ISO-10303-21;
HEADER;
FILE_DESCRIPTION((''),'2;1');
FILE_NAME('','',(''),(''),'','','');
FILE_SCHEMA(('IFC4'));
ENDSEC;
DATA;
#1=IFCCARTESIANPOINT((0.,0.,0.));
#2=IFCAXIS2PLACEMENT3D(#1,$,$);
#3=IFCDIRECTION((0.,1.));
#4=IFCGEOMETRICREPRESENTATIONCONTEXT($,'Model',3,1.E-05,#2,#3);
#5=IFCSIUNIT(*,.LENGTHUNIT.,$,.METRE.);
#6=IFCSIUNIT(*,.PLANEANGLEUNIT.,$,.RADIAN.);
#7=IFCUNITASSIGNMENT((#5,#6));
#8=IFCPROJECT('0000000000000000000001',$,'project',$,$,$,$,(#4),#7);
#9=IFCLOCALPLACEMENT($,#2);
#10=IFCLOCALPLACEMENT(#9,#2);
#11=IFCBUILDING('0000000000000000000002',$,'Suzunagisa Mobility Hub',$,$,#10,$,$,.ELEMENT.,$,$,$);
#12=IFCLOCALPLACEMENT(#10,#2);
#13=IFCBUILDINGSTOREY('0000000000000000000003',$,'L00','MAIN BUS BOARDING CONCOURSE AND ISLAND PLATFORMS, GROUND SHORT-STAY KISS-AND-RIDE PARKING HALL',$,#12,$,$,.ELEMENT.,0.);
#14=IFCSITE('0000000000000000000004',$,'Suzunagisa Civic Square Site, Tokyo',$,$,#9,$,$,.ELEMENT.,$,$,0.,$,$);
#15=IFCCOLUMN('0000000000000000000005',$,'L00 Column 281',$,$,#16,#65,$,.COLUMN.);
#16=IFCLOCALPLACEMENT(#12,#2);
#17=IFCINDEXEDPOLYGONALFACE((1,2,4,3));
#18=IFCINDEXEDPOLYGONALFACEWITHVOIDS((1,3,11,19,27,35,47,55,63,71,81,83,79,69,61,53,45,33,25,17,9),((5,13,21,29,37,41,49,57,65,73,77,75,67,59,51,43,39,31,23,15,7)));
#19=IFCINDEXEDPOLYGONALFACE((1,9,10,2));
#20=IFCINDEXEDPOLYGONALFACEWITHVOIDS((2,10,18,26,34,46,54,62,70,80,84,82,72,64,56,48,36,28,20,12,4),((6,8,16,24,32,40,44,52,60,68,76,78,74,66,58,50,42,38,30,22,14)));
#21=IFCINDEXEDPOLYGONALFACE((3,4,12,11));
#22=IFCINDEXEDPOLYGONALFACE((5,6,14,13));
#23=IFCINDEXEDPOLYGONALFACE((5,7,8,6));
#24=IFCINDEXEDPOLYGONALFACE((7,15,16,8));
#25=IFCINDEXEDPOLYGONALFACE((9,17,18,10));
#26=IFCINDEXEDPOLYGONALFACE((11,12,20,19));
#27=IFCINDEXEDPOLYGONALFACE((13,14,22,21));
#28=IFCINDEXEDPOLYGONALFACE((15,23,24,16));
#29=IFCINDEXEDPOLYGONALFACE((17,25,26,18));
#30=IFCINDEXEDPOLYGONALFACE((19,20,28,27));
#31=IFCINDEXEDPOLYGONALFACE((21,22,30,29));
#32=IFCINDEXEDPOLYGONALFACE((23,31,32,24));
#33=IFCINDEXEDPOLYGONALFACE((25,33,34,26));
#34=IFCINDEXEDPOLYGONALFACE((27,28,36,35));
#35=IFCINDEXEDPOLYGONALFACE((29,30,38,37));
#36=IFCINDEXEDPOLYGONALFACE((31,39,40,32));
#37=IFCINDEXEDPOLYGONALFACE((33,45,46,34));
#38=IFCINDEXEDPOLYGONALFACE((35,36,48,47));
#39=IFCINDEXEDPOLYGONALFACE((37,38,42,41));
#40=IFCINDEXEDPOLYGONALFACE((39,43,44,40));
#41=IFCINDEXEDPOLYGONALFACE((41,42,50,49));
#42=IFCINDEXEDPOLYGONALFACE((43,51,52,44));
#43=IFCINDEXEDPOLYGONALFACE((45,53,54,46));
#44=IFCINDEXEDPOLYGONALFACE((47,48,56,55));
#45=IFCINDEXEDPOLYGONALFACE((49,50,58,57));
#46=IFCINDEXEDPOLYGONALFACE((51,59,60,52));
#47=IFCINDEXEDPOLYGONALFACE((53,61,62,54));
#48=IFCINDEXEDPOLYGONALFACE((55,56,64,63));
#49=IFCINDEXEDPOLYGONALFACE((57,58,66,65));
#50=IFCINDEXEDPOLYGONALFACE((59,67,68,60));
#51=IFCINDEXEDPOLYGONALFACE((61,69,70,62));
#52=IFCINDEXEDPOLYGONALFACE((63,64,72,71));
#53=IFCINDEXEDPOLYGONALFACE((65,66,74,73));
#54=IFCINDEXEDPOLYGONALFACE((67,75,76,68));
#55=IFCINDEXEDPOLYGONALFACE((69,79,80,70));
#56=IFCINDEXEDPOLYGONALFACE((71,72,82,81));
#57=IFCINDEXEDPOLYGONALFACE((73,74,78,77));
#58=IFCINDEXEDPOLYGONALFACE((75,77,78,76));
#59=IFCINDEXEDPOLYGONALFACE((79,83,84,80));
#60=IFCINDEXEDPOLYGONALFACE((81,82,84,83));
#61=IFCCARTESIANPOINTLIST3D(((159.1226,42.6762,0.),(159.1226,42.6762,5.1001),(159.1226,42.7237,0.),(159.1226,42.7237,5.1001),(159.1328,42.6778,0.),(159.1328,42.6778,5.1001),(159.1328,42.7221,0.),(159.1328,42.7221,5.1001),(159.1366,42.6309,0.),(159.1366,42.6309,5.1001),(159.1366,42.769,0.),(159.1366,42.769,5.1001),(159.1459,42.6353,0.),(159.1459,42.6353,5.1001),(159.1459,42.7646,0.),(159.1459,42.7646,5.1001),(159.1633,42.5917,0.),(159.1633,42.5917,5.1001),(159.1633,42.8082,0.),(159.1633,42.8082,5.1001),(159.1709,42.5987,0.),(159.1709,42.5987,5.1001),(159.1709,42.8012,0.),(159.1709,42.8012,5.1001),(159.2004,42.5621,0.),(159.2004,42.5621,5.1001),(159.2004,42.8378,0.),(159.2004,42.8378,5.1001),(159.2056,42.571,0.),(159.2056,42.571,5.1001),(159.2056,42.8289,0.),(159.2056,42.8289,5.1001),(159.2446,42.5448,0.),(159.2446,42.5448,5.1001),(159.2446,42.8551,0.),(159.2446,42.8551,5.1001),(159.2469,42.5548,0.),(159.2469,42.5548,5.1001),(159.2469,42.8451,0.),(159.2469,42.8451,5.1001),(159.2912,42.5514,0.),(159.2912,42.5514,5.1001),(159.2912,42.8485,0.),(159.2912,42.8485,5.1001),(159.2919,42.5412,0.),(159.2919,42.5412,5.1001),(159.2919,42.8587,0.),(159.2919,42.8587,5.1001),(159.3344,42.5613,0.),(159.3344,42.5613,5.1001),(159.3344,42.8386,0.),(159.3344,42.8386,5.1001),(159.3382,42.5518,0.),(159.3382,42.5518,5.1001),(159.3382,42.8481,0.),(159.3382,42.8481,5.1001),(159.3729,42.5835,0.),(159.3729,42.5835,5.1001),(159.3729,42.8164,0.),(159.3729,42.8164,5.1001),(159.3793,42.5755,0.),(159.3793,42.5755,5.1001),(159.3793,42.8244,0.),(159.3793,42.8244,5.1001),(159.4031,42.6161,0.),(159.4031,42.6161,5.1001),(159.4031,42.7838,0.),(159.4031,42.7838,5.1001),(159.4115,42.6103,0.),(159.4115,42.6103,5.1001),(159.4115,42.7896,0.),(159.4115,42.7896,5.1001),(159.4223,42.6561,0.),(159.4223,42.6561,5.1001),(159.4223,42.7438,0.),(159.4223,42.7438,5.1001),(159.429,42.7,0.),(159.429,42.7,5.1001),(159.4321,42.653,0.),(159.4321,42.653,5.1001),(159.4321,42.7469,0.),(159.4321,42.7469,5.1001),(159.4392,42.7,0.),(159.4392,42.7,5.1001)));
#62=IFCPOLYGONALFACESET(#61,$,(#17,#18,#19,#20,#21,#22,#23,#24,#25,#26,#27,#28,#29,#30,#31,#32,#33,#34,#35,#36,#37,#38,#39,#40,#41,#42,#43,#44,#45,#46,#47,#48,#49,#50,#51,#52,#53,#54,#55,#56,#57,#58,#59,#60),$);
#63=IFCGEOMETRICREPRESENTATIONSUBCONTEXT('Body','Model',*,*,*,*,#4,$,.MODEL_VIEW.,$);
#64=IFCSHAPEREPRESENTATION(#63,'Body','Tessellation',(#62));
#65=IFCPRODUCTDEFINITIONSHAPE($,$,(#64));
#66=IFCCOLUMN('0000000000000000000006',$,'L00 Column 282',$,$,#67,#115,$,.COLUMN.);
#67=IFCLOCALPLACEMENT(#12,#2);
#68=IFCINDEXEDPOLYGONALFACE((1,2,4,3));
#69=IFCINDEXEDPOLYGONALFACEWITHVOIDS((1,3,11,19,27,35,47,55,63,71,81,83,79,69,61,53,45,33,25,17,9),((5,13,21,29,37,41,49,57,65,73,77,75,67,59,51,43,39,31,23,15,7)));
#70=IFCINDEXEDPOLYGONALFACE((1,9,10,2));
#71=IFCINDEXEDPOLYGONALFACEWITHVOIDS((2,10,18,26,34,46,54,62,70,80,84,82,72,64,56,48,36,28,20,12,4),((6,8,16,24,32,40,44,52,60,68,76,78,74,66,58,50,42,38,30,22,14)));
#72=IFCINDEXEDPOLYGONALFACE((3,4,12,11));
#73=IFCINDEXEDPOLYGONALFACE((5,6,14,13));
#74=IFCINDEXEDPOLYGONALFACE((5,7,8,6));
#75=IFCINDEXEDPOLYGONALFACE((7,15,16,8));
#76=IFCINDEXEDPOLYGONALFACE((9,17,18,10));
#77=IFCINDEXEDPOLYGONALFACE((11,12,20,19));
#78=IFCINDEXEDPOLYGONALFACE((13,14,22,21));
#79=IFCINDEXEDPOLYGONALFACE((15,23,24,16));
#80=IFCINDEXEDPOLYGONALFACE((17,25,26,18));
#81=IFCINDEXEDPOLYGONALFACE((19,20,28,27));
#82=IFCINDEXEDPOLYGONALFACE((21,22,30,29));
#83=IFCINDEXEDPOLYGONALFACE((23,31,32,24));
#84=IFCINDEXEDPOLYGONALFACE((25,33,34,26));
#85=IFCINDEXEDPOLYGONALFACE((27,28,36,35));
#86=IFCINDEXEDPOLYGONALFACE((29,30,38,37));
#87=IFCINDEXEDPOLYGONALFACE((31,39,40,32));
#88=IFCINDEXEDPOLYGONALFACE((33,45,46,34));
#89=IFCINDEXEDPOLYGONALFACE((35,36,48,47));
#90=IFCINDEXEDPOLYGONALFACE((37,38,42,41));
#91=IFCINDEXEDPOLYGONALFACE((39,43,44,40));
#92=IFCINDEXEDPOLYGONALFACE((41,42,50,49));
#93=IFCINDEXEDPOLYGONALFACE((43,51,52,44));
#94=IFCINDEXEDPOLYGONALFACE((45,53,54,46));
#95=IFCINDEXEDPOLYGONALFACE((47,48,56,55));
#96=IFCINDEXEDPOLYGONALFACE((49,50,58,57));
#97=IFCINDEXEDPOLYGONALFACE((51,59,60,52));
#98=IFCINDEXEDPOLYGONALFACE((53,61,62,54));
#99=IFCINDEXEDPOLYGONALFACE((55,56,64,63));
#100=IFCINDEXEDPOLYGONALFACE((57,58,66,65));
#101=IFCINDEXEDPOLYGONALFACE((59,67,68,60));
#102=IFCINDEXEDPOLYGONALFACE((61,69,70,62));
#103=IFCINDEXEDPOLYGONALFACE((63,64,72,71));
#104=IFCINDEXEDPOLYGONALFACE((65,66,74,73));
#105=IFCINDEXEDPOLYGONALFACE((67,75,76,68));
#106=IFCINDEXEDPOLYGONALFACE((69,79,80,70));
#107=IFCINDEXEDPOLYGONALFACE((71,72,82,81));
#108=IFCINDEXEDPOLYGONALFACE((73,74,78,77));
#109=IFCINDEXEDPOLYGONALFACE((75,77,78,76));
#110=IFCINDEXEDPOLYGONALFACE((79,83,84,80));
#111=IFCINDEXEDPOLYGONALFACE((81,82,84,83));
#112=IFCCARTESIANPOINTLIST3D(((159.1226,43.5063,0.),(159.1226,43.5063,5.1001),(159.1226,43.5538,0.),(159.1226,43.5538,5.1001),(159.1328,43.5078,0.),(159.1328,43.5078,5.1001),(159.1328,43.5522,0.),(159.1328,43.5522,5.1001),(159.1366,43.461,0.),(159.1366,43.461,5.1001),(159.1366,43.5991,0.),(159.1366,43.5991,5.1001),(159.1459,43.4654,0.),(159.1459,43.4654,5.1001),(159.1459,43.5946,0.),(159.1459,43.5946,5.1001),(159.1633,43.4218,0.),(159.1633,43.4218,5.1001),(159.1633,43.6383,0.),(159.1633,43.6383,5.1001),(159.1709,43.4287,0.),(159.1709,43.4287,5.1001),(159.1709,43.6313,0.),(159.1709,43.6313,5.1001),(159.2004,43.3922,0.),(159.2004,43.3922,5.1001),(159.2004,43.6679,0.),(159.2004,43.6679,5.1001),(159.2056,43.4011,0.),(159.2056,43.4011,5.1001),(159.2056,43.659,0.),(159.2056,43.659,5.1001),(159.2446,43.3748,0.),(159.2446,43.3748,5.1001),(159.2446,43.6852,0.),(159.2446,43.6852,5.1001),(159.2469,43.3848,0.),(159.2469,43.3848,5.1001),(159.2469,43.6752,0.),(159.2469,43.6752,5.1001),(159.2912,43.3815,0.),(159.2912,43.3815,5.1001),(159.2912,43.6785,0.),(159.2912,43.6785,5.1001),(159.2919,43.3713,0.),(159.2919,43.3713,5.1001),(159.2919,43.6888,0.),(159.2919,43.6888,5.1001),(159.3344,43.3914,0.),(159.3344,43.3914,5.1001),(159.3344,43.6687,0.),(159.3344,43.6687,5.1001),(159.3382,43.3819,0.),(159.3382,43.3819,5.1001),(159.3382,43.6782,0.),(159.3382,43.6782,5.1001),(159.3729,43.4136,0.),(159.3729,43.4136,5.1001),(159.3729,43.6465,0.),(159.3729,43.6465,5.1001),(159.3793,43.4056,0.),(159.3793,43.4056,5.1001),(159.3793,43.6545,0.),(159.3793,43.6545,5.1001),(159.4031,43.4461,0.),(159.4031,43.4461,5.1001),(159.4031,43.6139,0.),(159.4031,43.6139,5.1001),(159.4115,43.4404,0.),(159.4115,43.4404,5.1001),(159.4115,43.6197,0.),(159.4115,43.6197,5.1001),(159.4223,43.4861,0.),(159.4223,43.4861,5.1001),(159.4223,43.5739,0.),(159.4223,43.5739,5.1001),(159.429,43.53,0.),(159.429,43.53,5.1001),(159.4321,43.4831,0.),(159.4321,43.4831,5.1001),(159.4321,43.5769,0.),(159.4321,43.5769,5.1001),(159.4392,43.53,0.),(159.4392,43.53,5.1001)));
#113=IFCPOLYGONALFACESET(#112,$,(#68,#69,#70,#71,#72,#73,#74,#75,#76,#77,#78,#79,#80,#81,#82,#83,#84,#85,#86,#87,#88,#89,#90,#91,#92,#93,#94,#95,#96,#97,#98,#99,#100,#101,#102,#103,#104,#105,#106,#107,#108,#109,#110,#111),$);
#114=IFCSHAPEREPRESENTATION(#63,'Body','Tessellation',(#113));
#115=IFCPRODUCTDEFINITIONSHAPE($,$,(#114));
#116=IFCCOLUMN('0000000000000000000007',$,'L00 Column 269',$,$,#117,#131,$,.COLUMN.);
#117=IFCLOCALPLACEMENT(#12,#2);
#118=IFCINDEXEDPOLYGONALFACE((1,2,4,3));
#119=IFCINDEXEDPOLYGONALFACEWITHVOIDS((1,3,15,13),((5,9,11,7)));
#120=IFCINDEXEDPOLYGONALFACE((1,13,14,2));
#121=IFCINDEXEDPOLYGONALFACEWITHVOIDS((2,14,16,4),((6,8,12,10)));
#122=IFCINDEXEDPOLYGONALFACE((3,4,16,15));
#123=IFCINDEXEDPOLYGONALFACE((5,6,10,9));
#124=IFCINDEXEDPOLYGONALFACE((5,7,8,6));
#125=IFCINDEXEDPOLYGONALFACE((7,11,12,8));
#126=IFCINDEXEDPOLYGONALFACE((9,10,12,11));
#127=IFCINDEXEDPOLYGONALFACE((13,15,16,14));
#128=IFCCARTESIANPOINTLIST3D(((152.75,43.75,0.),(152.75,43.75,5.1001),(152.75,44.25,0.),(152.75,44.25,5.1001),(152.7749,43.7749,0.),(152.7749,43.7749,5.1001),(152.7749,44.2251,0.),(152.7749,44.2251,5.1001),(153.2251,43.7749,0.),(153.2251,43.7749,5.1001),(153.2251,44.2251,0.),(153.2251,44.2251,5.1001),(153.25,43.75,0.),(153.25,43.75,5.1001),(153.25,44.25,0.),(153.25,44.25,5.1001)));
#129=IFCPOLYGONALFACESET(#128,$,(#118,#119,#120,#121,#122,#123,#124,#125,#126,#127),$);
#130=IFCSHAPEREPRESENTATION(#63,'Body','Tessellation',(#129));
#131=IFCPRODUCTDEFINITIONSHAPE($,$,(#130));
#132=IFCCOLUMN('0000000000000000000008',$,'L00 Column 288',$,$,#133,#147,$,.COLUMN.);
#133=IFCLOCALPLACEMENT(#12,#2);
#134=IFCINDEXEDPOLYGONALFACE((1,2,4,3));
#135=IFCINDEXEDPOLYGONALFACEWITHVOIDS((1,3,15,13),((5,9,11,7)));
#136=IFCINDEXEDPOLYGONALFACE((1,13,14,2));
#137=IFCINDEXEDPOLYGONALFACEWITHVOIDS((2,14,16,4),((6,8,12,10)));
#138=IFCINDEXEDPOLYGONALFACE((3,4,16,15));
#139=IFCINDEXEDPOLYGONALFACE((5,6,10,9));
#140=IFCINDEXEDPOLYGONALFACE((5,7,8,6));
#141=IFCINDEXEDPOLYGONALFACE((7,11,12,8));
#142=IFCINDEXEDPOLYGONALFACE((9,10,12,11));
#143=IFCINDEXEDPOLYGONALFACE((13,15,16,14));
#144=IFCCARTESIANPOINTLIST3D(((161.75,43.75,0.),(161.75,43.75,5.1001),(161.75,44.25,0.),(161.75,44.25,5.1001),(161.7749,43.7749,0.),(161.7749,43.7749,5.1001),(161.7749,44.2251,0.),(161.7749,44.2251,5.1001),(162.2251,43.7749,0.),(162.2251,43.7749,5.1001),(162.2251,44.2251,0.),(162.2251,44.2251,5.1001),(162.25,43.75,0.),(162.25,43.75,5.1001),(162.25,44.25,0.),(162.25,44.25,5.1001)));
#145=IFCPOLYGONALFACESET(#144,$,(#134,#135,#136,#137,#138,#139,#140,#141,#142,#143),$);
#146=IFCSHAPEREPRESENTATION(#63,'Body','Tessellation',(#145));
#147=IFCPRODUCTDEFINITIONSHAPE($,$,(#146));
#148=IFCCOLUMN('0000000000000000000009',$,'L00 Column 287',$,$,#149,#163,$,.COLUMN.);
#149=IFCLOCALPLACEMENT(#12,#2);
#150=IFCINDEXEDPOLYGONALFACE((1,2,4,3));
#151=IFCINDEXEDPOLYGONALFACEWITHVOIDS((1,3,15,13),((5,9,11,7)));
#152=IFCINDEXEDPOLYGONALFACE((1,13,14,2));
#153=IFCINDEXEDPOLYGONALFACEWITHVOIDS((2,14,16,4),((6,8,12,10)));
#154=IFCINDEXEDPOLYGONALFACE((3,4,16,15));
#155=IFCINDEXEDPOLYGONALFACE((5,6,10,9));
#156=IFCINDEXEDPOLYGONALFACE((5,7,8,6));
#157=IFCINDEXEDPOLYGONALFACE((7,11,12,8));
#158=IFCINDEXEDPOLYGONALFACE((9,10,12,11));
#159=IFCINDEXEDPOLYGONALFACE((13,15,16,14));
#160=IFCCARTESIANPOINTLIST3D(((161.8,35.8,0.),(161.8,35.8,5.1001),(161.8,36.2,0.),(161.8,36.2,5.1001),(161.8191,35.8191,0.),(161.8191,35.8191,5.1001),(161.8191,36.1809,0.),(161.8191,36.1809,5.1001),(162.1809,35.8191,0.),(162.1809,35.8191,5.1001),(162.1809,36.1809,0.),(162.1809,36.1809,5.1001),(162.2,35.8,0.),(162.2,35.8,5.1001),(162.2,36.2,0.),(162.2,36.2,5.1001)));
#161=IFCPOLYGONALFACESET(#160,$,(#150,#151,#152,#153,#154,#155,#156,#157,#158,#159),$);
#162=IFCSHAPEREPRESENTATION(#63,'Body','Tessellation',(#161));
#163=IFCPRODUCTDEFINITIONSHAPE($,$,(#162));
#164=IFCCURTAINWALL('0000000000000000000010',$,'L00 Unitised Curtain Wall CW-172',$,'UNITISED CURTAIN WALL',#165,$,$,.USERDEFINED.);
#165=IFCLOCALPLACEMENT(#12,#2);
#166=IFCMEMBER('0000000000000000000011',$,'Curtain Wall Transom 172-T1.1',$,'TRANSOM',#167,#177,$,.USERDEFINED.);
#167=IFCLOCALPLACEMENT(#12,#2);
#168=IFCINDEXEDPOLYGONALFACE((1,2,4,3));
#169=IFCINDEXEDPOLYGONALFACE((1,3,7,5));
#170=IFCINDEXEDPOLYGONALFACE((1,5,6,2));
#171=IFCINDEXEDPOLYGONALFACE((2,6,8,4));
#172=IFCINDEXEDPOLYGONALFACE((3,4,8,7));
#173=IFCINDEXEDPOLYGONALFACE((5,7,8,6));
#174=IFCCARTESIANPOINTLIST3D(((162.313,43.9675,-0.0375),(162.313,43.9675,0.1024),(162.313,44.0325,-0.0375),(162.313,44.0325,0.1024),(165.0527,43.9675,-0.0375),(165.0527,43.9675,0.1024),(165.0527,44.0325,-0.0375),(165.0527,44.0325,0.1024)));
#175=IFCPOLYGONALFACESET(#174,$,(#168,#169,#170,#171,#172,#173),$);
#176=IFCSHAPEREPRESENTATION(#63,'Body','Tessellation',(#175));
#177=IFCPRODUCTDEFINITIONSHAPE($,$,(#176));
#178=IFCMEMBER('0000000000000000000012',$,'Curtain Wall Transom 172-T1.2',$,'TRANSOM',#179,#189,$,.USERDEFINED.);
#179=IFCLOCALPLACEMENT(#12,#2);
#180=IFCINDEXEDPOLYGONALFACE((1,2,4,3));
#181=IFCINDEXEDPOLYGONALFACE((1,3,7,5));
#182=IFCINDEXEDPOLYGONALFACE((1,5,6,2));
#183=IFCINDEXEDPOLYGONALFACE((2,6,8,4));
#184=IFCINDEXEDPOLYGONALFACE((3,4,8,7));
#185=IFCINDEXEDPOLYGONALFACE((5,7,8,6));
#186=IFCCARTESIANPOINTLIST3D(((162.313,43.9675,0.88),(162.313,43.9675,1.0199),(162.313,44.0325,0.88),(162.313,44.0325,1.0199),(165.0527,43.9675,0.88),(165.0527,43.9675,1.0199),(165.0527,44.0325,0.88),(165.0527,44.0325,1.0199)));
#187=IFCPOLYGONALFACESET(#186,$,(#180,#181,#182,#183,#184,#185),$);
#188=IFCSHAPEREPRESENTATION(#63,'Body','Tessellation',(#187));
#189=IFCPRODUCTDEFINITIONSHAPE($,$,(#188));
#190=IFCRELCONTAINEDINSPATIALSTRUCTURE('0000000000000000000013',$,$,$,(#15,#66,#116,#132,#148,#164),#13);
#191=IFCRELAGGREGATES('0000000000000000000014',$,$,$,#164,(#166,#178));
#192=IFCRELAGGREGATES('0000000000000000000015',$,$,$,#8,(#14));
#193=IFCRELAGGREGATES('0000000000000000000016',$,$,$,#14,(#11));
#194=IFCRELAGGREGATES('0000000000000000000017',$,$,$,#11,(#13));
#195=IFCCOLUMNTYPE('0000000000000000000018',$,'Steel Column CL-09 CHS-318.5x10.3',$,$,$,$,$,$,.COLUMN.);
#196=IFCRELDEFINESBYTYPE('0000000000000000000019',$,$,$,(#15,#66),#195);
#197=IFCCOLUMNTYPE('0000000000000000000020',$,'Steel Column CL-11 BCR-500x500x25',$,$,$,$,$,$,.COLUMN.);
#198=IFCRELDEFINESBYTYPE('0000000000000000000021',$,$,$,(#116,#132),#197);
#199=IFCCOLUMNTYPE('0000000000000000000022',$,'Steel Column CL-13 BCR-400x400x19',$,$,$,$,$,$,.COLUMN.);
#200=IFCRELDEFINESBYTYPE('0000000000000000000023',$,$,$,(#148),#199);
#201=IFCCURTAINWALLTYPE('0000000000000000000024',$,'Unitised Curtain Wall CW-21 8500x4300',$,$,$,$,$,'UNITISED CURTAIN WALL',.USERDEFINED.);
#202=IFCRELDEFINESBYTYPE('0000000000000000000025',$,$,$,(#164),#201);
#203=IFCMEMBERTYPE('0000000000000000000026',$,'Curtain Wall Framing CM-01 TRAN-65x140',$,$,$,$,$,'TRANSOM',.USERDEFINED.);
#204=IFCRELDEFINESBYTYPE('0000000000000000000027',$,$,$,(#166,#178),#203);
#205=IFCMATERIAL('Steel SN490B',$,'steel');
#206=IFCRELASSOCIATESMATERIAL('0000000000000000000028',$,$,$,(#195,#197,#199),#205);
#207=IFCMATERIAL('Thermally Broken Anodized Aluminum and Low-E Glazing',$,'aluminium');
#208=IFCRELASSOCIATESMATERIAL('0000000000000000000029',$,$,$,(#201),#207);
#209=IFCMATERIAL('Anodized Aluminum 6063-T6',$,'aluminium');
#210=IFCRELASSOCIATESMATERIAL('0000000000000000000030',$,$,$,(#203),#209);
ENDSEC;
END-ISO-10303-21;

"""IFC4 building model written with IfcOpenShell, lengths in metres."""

from ifc_helpers import new_model, si_unit, direction, frame, origin, origin_2d, place, context, subcontext, project, spatial, rectangle, hollow_rectangle, hollow_circle, extrude, material, material_profile, profile_set, type_object, element, aggregate, save


model = new_model("IFC4")

# Units and contexts
model_context = context("Model", 3, precision=1e-05, world=origin(), true_north=direction((0.0, 1.0)))
body_context = subcontext(model_context, "Body", "Model", "MODEL_VIEW")
ifc_project = project(units=[si_unit("LENGTHUNIT", "METRE"), si_unit("PLANEANGLEUNIT", "RADIAN")], contexts=[model_context])

# Site, building, storey
site_placement = place(None, origin())
site = spatial("IfcSite", under=ifc_project, at=site_placement, Name="Suzunagisa Civic Square Site, Tokyo", CompositionType="ELEMENT", RefElevation=0.0)
building_placement = place(site_placement, origin())
building = spatial("IfcBuilding", under=site, at=building_placement, Name="Suzunagisa Mobility Hub", CompositionType="ELEMENT")
storey_placement = place(building_placement, origin())
storey = spatial("IfcBuildingStorey", under=building, at=storey_placement, Name="L00", Description="MAIN BUS BOARDING CONCOURSE AND ISLAND PLATFORMS, GROUND SHORT-STAY KISS-AND-RIDE PARKING HALL", CompositionType="ELEMENT", Elevation=0.0)

# Columns
ifc_material_1 = material(Name="Steel SN490B", Category="steel")
ifc_material_profile_1 = material_profile(ifc_material_1, hollow_circle(Radius=0.1592, WallThickness=0.0103, at=origin_2d()), Name="CHS-318.5x10.3")
ifc_profile_set_1 = profile_set([ifc_material_profile_1], Name="Steel SN490B")
column_type_1 = type_object("IfcColumnType", Name="Steel Column CL-09 CHS-318.5x10.3", PredefinedType="COLUMN", material=ifc_profile_set_1)
for number, where, z_axis, x_axis, name in (
    (1, (159.28, 42.7, 0.0), (0.0, 0.0, 1.0), (1.0, 0.0, 0.0), "L00 Column 281"),
    (2, (159.28, 43.53, 0.0), (0.0, 0.0, 1.0), (1.0, 0.0, 0.0), "L00 Column 282"),
):
    element("IfcColumn", number, at=place(storey_placement, frame(where, z_axis=z_axis, x_axis=x_axis)), inside=storey, type_object=column_type_1, Name=name, PredefinedType="COLUMN", context=body_context, shape_type="SweptSolid", body=[
        extrude(hollow_circle(Radius=0.1592, WallThickness=0.0103, at=origin_2d()), origin(), (0.0, 0.0, 1.0), 5.1001),
    ])
ifc_material_profile_2 = material_profile(ifc_material_1, hollow_rectangle(XDim=0.5, YDim=0.5, WallThickness=0.0249, at=origin_2d()), Name="BCR-500x500x25")
ifc_profile_set_2 = profile_set([ifc_material_profile_2], Name="Steel SN490B")
column_type_2 = type_object("IfcColumnType", Name="Steel Column CL-11 BCR-500x500x25", PredefinedType="COLUMN", material=ifc_profile_set_2)
for number, where, z_axis, x_axis, name in (
    (3, (153.0, 44.0, 0.0), (0.0, 0.0, 1.0), (1.0, 0.0, 0.0), "L00 Column 269"),
    (4, (162.0, 44.0, 0.0), (0.0, 0.0, 1.0), (1.0, 0.0, 0.0), "L00 Column 288"),
):
    element("IfcColumn", number, at=place(storey_placement, frame(where, z_axis=z_axis, x_axis=x_axis)), inside=storey, type_object=column_type_2, Name=name, PredefinedType="COLUMN", context=body_context, shape_type="SweptSolid", body=[
        extrude(hollow_rectangle(XDim=0.5, YDim=0.5, WallThickness=0.0249, at=origin_2d()), origin(), (0.0, 0.0, 1.0), 5.1001),
    ])
ifc_material_profile_3 = material_profile(ifc_material_1, hollow_rectangle(XDim=0.3999, YDim=0.3999, WallThickness=0.019, at=origin_2d()), Name="BCR-400x400x19")
ifc_profile_set_3 = profile_set([ifc_material_profile_3], Name="Steel SN490B")
column_type_3 = type_object("IfcColumnType", Name="Steel Column CL-13 BCR-400x400x19", PredefinedType="COLUMN", material=ifc_profile_set_3)
column_placement = place(storey_placement, frame((162.0, 36.0, 0.0), z_axis=(0.0, 0.0, 1.0), x_axis=(1.0, 0.0, 0.0)))
element("IfcColumn", 5, at=column_placement, inside=storey, type_object=column_type_3, Name="L00 Column 287", PredefinedType="COLUMN", context=body_context, shape_type="SweptSolid", body=[
    extrude(hollow_rectangle(XDim=0.3999, YDim=0.3999, WallThickness=0.019, at=origin_2d()), origin(), (0.0, 0.0, 1.0), 5.1001),
])

# Curtain wall, members
ifc_material_2 = material(Name="Thermally Broken Anodized Aluminum and Low-E Glazing", Category="aluminium")
curtain_wall_type = type_object("IfcCurtainWallType", Name="Unitised Curtain Wall CW-21 8500x4300", ElementType="UNITISED CURTAIN WALL", PredefinedType="USERDEFINED", material=ifc_material_2)
curtain_wall_placement = place(storey_placement, origin())
curtain_wall = element("IfcCurtainWall", 6, at=curtain_wall_placement, inside=storey, type_object=curtain_wall_type, Name="L00 Unitised Curtain Wall CW-172", ObjectType="UNITISED CURTAIN WALL", PredefinedType="USERDEFINED")
ifc_material_3 = material(Name="Anodized Aluminum 6063-T6", Category="aluminium")
ifc_material_profile_4 = material_profile(ifc_material_3, rectangle(XDim=0.0649, YDim=0.1399, at=origin_2d()), Name="TRAN-65x140")
ifc_profile_set_4 = profile_set([ifc_material_profile_4], Name="Anodized Aluminum 6063-T6")
member_type_1 = type_object("IfcMemberType", Name="Curtain Wall Framing CM-01 TRAN-65x140", ElementType="TRANSOM", PredefinedType="USERDEFINED", material=ifc_profile_set_4)
member_1_placement = place(storey_placement, frame((162.313, 44.0, 0.0325), z_axis=(1.0, 0.0, 0.0), x_axis=(0.0, 1.0, 0.0)))
member_1 = element("IfcMember", 7, at=member_1_placement, type_object=member_type_1, Name="Curtain Wall Transom 172-T1.1", ObjectType="TRANSOM", PredefinedType="USERDEFINED", context=body_context, shape_type="SweptSolid", body=[
    extrude(rectangle(XDim=0.0649, YDim=0.1399, at=origin_2d()), origin(), (0.0, 0.0, 1.0), 2.7397),
])
member_2_placement = place(storey_placement, frame((162.313, 44.0, 0.95), z_axis=(1.0, 0.0, 0.0), x_axis=(0.0, 1.0, 0.0)))
member_2 = element("IfcMember", 8, at=member_2_placement, type_object=member_type_1, Name="Curtain Wall Transom 172-T1.2", ObjectType="TRANSOM", PredefinedType="USERDEFINED", context=body_context, shape_type="SweptSolid", body=[
    extrude(rectangle(XDim=0.0649, YDim=0.1399, at=origin_2d()), origin(), (0.0, 0.0, 1.0), 2.7397),
])

aggregate(curtain_wall, [member_1, member_2])

save(model, "model.ifc")
